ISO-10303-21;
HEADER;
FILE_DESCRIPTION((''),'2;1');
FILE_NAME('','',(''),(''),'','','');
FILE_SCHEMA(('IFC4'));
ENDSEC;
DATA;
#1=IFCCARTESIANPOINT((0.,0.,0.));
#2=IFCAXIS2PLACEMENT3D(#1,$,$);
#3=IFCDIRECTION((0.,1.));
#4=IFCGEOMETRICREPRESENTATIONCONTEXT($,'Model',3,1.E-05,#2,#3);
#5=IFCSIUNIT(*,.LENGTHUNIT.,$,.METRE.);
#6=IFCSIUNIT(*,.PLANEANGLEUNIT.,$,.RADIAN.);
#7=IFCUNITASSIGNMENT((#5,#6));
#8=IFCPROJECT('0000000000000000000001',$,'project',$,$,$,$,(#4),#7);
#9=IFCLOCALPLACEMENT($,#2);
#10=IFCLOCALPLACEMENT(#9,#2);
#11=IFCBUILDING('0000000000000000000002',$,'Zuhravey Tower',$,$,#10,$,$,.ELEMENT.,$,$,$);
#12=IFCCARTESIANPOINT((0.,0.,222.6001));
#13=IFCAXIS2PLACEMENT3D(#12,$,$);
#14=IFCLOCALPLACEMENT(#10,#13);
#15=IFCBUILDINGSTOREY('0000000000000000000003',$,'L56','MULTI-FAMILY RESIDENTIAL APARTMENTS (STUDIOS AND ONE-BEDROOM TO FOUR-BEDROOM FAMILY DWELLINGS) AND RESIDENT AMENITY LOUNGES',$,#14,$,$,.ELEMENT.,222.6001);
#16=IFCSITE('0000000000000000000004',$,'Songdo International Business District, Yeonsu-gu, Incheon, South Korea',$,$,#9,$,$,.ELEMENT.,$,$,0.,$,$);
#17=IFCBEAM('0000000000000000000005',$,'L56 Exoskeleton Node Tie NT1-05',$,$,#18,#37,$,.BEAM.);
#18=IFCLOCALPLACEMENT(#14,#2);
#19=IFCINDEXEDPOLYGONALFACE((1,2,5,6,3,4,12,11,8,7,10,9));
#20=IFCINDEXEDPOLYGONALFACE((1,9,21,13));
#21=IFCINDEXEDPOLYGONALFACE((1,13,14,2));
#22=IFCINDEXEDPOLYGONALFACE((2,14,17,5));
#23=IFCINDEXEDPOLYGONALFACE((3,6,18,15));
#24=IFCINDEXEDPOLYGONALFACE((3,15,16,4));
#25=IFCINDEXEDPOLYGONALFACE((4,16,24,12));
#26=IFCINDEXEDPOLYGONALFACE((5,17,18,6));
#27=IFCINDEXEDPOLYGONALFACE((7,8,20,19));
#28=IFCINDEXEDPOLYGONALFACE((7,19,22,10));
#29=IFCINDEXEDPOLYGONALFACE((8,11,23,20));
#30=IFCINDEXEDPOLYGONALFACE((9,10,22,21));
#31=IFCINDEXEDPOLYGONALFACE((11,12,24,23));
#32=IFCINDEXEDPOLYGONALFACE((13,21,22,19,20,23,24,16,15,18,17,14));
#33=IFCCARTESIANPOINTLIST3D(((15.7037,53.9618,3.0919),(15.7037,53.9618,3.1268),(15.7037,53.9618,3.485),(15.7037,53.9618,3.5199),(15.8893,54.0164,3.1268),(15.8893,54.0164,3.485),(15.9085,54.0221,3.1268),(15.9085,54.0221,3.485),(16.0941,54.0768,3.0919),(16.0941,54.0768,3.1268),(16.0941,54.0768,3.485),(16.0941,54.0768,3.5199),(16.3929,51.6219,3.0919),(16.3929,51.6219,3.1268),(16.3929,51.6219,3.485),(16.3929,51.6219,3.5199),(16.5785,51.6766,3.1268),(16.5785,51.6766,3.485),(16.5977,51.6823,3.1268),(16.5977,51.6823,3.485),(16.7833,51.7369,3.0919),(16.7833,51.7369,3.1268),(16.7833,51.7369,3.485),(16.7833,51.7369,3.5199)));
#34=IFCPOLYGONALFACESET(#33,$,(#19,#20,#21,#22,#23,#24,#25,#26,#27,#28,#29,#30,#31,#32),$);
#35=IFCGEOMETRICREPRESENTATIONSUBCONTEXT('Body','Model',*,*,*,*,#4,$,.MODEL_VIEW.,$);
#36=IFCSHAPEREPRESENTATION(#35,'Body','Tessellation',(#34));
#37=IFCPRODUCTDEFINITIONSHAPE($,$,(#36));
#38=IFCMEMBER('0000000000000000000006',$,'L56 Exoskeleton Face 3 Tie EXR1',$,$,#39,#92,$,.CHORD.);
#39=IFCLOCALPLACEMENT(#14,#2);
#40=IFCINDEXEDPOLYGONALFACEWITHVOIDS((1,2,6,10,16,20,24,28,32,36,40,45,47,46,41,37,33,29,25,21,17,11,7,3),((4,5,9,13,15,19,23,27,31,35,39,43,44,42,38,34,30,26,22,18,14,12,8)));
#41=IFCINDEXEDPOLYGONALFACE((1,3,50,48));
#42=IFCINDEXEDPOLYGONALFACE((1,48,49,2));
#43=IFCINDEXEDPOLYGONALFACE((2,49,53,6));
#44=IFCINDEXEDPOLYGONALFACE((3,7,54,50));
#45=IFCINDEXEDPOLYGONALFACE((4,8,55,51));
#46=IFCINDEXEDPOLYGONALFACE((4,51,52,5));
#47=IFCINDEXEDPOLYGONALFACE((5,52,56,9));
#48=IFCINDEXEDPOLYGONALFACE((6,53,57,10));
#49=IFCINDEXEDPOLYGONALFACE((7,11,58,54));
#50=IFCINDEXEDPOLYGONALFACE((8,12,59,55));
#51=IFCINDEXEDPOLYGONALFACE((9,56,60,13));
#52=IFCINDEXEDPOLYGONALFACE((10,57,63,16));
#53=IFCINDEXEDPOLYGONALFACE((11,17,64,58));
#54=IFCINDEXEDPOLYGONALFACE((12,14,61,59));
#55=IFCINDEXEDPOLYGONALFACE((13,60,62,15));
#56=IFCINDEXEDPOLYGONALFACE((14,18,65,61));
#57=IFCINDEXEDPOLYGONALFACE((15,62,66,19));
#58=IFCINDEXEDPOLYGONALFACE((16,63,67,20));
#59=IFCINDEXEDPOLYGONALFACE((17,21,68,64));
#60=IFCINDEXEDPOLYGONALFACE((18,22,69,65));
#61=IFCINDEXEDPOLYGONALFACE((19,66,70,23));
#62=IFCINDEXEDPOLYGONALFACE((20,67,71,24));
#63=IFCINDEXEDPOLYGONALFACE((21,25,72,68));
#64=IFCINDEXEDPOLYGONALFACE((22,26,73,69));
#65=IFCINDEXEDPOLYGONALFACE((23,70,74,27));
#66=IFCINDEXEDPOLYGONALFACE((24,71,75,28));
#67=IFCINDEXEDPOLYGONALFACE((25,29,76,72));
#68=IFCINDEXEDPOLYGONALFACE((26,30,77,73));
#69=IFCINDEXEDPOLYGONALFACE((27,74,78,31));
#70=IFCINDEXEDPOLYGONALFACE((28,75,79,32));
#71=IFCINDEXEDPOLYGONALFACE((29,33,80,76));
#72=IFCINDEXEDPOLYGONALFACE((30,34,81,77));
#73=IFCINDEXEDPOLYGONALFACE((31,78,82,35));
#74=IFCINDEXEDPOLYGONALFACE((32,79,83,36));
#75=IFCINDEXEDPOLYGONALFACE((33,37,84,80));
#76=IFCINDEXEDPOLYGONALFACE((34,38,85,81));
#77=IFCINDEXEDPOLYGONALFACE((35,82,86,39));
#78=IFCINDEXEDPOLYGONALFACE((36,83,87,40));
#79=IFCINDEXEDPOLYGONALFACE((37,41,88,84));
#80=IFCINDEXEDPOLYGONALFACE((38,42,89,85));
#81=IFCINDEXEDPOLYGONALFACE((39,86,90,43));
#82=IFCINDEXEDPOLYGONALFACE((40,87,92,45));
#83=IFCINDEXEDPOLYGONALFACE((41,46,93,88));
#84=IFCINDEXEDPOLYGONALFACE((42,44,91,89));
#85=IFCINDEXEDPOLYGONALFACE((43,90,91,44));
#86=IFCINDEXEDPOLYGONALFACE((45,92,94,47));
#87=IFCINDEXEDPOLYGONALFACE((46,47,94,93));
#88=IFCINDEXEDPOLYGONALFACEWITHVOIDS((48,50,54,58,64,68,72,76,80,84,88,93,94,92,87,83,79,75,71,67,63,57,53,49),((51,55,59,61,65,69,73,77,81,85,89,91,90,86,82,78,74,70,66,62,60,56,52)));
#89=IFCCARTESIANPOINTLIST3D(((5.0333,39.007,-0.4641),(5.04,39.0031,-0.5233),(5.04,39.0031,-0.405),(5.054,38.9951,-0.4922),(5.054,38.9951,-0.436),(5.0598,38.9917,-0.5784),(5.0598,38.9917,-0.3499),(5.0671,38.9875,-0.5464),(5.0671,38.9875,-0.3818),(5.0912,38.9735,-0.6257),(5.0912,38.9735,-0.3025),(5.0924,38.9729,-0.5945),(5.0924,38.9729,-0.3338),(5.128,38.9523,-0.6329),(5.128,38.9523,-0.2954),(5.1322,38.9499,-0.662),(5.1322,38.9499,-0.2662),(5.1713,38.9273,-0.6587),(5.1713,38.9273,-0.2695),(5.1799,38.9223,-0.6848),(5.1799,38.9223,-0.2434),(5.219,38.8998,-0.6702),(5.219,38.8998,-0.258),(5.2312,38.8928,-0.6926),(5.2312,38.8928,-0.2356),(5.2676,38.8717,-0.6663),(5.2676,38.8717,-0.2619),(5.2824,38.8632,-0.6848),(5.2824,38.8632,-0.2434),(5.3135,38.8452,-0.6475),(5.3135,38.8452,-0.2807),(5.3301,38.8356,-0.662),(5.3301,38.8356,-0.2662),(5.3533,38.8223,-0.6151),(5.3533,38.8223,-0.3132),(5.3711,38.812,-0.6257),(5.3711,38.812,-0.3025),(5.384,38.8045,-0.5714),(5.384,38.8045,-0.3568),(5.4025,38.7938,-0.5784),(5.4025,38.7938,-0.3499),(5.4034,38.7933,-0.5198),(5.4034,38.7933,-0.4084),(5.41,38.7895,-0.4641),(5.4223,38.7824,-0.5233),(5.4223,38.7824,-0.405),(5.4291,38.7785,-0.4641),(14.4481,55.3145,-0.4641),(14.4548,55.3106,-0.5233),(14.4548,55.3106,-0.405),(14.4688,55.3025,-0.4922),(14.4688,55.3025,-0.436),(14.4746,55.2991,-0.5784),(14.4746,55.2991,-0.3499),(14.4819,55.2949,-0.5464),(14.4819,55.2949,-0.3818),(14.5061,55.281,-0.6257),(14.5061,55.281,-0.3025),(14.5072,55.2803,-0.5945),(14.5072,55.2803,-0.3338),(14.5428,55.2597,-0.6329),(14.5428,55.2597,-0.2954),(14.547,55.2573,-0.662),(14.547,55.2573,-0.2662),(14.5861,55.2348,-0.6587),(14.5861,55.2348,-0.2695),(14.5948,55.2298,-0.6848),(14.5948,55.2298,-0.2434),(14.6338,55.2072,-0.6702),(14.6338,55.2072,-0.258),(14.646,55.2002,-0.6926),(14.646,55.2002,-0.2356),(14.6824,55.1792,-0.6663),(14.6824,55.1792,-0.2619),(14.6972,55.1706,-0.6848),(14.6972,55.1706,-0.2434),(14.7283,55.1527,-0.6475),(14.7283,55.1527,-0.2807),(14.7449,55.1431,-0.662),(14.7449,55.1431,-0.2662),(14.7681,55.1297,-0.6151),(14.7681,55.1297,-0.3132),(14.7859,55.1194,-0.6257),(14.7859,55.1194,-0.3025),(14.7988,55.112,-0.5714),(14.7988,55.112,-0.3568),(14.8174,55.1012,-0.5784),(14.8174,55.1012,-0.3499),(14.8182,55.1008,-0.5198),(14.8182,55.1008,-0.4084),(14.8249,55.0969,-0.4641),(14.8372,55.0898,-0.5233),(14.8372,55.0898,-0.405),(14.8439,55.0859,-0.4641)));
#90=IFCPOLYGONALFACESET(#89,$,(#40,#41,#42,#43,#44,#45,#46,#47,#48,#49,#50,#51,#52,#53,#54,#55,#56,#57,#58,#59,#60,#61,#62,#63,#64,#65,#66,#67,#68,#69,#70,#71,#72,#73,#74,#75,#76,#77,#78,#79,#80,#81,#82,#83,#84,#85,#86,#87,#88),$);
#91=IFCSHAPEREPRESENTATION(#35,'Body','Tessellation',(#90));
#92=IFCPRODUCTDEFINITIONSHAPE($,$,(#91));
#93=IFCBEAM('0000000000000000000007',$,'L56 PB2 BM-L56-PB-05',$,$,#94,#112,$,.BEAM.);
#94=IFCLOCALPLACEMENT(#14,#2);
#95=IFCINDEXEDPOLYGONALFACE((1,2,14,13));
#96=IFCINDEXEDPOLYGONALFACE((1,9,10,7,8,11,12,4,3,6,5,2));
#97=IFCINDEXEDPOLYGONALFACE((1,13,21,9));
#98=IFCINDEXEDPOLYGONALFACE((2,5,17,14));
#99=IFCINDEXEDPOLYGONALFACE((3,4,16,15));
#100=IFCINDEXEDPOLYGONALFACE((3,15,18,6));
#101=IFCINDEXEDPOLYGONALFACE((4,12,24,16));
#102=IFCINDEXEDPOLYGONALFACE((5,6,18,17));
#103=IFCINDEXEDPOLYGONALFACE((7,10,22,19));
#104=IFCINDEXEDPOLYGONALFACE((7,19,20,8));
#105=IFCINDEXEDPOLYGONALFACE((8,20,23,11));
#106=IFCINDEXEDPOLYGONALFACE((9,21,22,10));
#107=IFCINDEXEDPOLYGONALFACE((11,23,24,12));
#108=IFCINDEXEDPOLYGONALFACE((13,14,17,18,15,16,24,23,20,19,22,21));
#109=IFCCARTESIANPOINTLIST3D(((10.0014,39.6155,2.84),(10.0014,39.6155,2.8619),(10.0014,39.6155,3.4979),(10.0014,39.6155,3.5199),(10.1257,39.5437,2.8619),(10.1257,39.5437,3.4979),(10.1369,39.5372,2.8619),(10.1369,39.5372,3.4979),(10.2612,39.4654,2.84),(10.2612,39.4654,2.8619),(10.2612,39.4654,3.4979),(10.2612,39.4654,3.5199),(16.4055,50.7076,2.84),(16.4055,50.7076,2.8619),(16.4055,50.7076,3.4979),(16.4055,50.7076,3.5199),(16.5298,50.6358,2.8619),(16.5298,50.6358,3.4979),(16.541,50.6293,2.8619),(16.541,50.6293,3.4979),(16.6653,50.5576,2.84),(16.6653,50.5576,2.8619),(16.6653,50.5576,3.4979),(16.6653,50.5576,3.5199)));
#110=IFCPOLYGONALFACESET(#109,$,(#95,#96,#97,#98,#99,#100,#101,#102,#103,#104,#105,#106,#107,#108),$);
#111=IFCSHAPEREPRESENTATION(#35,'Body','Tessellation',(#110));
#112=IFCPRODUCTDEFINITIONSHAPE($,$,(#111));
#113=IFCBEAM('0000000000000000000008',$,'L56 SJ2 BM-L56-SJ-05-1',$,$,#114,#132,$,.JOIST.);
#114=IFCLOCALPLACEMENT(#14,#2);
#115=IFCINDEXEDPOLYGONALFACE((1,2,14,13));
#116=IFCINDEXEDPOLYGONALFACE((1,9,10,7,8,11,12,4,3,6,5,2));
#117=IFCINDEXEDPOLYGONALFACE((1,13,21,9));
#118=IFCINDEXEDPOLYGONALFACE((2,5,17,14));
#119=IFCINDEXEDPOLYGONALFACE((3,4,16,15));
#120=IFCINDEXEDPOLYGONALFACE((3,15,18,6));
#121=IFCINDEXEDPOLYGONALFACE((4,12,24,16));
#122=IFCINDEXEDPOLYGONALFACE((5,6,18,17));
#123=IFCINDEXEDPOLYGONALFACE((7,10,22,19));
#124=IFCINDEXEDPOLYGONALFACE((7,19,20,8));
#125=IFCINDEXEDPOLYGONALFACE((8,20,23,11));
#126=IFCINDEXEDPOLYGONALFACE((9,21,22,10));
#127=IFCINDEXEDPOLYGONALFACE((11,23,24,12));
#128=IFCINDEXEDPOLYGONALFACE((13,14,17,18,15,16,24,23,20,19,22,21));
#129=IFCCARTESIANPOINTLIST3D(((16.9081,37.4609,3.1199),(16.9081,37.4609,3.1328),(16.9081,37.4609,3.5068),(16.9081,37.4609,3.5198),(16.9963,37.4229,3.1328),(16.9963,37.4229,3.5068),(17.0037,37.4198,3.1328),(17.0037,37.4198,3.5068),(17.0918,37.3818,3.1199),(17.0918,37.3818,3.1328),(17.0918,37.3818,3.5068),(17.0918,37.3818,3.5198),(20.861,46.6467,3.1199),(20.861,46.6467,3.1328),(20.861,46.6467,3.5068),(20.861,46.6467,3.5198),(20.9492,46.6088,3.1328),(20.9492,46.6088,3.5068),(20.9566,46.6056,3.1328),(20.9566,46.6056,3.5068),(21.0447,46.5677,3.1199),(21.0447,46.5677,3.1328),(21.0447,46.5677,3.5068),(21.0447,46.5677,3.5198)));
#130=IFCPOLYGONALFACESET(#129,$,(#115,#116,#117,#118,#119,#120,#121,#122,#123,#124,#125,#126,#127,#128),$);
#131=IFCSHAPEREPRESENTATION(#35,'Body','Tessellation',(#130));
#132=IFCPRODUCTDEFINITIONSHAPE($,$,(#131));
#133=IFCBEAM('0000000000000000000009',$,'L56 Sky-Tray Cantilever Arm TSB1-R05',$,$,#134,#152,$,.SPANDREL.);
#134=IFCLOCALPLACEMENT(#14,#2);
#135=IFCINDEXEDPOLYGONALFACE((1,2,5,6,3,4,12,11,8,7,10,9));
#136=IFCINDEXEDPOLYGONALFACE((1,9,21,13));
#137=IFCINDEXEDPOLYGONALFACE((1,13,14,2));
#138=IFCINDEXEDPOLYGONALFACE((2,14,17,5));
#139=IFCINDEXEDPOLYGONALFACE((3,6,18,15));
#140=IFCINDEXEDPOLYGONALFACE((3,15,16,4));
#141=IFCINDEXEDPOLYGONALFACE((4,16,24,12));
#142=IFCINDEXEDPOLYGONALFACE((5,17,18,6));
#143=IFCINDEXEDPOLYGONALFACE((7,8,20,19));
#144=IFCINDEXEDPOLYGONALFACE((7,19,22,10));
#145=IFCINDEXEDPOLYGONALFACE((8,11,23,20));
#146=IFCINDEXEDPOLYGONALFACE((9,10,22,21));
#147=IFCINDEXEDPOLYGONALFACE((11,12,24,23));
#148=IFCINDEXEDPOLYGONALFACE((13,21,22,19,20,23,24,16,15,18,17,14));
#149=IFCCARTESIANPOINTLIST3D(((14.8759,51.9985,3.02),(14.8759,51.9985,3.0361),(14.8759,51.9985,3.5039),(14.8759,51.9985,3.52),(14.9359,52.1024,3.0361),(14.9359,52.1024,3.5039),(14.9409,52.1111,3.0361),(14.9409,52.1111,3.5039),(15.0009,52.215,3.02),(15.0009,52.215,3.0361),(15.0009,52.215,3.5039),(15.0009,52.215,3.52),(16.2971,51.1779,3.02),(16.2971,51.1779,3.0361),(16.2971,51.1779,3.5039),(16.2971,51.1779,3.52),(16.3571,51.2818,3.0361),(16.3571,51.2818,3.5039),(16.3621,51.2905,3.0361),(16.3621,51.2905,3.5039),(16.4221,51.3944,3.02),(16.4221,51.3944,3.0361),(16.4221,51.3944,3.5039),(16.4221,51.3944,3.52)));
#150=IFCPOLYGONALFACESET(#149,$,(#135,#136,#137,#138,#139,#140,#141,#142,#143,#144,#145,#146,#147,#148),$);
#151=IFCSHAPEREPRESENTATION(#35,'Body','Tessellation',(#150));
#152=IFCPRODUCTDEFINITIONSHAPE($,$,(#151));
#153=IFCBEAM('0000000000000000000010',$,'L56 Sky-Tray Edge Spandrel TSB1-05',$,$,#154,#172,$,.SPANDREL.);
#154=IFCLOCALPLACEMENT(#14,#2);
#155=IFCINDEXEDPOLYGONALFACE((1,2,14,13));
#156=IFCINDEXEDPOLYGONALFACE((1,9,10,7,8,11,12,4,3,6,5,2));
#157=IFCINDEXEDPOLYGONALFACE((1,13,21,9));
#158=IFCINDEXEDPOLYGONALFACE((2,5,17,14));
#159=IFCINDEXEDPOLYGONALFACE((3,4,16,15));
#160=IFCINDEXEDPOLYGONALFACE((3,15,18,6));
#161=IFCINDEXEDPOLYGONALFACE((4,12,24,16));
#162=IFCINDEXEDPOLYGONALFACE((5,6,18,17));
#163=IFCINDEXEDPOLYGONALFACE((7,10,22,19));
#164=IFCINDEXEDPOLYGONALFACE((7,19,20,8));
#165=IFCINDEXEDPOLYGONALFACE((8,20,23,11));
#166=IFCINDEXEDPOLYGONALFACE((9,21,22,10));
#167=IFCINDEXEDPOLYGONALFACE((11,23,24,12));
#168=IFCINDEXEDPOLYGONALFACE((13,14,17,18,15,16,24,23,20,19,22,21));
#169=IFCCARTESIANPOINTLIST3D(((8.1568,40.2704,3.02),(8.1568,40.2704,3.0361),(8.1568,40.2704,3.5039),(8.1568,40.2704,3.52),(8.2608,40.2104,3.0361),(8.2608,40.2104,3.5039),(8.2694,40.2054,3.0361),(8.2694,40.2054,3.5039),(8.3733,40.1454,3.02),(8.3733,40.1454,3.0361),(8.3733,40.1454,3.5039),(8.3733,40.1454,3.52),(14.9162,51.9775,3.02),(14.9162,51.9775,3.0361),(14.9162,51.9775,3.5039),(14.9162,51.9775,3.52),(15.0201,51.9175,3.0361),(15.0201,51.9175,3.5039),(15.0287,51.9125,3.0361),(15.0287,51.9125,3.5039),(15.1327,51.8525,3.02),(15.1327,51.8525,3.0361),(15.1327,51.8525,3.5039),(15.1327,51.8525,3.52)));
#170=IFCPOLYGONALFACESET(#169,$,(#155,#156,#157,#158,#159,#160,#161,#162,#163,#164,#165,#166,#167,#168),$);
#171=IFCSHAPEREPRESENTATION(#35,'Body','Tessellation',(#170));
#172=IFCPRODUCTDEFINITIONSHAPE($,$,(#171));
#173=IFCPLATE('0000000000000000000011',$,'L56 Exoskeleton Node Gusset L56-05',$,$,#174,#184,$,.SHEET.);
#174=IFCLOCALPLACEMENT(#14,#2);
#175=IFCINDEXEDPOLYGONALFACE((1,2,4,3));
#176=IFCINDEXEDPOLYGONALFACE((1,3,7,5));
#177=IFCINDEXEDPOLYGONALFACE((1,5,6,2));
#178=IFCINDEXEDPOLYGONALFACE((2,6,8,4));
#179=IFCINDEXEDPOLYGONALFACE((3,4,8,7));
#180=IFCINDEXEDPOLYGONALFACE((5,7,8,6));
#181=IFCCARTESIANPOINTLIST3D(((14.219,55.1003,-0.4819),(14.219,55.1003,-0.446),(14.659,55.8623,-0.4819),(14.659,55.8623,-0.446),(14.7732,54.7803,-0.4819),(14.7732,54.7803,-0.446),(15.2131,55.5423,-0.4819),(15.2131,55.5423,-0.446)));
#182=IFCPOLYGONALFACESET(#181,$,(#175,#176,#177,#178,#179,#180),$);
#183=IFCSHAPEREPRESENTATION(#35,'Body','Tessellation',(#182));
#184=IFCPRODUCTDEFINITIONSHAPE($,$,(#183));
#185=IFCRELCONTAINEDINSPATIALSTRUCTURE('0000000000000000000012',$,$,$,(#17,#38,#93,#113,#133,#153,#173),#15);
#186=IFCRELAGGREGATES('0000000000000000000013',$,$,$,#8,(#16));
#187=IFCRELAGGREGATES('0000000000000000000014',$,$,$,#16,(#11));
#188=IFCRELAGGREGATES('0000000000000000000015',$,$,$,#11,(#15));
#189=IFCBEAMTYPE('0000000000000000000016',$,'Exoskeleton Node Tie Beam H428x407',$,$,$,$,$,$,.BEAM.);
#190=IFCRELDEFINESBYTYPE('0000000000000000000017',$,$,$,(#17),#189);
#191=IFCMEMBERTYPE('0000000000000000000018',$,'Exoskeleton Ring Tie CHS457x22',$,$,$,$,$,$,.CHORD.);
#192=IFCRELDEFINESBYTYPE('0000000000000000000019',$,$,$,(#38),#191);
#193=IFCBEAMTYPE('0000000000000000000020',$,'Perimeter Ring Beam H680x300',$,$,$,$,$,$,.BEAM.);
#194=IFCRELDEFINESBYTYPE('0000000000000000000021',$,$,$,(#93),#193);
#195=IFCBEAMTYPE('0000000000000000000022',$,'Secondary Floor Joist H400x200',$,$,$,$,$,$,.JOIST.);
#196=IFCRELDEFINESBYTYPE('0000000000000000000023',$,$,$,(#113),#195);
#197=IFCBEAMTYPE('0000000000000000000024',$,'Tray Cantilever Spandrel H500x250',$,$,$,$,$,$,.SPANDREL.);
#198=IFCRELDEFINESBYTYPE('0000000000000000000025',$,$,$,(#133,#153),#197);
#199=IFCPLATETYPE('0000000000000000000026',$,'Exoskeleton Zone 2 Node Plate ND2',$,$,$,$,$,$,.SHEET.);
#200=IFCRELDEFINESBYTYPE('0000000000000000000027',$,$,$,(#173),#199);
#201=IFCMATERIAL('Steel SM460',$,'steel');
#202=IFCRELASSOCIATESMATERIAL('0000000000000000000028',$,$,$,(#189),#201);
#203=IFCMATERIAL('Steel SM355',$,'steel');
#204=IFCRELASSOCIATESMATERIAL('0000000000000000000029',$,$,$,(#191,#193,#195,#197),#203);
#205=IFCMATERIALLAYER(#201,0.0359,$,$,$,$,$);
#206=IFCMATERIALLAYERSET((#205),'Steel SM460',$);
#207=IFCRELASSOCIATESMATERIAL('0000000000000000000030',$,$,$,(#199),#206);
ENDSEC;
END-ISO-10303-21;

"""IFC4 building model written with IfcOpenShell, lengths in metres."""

from ifc_helpers import new_model, si_unit, direction, frame, origin, origin_2d, place, context, subcontext, project, spatial, rectangle, hollow_circle, i_section, extrude, material, layer, layer_set, material_profile, profile_set, type_object, element, save


model = new_model("IFC4")

# Units and contexts
model_context = context("Model", 3, precision=1e-05, world=origin(), true_north=direction((0.0, 1.0)))
body_context = subcontext(model_context, "Body", "Model", "MODEL_VIEW")
ifc_project = project(units=[si_unit("LENGTHUNIT", "METRE"), si_unit("PLANEANGLEUNIT", "RADIAN")], contexts=[model_context])

# Site, building, storey
site_placement = place(None, origin())
site = spatial("IfcSite", under=ifc_project, at=site_placement, Name="Songdo International Business District, Yeonsu-gu, Incheon, South Korea", CompositionType="ELEMENT", RefElevation=0.0)
building_placement = place(site_placement, origin())
building = spatial("IfcBuilding", under=site, at=building_placement, Name="Zuhravey Tower", CompositionType="ELEMENT")
storey_placement = place(building_placement, frame((0.0, 0.0, 222.6001)))
storey = spatial("IfcBuildingStorey", under=building, at=storey_placement, Name="L56", Description="MULTI-FAMILY RESIDENTIAL APARTMENTS (STUDIOS AND ONE-BEDROOM TO FOUR-BEDROOM FAMILY DWELLINGS) AND RESIDENT AMENITY LOUNGES", CompositionType="ELEMENT", Elevation=222.6001)

# Beam
ifc_material_1 = material(Name="Steel SM460", Category="steel")
ifc_material_profile_1 = material_profile(ifc_material_1, i_section(OverallWidth=0.407, OverallDepth=0.428, WebThickness=0.02, FlangeThickness=0.0349, at=origin_2d()), Name="H-428x407x20x35")
ifc_profile_set_1 = profile_set([ifc_material_profile_1], Name="Steel SM460")
beam_type_1 = type_object("IfcBeamType", Name="Exoskeleton Node Tie Beam H428x407", PredefinedType="BEAM", material=ifc_profile_set_1)
beam_1_placement = place(storey_placement, frame((16.5881, 51.6794, 3.3059), z_axis=(-0.282551, 0.959252, 0.0), x_axis=(-0.959252, -0.282551, 0.0)))
element("IfcBeam", 1, at=beam_1_placement, inside=storey, type_object=beam_type_1, Name="L56 Exoskeleton Node Tie NT1-05", PredefinedType="BEAM", context=body_context, shape_type="SweptSolid", body=[
    extrude(i_section(OverallWidth=0.407, OverallDepth=0.428, WebThickness=0.02, FlangeThickness=0.0349, at=origin_2d()), origin(), (0.0, 0.0, 1.0), 2.4392),
])

# Member
ifc_material_2 = material(Name="Steel SM355", Category="steel")
ifc_material_profile_2 = material_profile(ifc_material_2, hollow_circle(Radius=0.2285, WallThickness=0.022, at=origin_2d()), Name="CHS-457.2x22")
ifc_profile_set_2 = profile_set([ifc_material_profile_2], Name="Steel SM355")
member_type_1 = type_object("IfcMemberType", Name="Exoskeleton Ring Tie CHS457x22", PredefinedType="CHORD", material=ifc_profile_set_2)
member_1_placement = place(storey_placement, frame((14.646, 55.2002, -0.4641), z_axis=(-0.499989, -0.866032, 0.0), x_axis=(0.866032, -0.499989, 0.0)))
element("IfcMember", 2, at=member_1_placement, inside=storey, type_object=member_type_1, Name="L56 Exoskeleton Face 3 Tie EXR1", PredefinedType="CHORD", context=body_context, shape_type="SweptSolid", body=[
    extrude(hollow_circle(Radius=0.2285, WallThickness=0.022, at=origin_2d()), origin(), (0.0, 0.0, 1.0), 18.8301),
])

# Beams
ifc_material_profile_3 = material_profile(ifc_material_2, i_section(OverallWidth=0.3, OverallDepth=0.6799, WebThickness=0.0129, FlangeThickness=0.022, at=origin_2d()), Name="H-680x300x13x22")
ifc_profile_set_3 = profile_set([ifc_material_profile_3], Name="Steel SM355")
beam_type_2 = type_object("IfcBeamType", Name="Perimeter Ring Beam H680x300", PredefinedType="BEAM", material=ifc_profile_set_3)
beam_2_placement = place(storey_placement, frame((16.5354, 50.6326, 3.1799), z_axis=(-0.500004, -0.866023, 0.0), x_axis=(0.866023, -0.500004, 0.0)))
element("IfcBeam", 3, at=beam_2_placement, inside=storey, type_object=beam_type_2, Name="L56 PB2 BM-L56-PB-05", PredefinedType="BEAM", context=body_context, shape_type="SweptSolid", body=[
    extrude(i_section(OverallWidth=0.3, OverallDepth=0.6799, WebThickness=0.0129, FlangeThickness=0.022, at=origin_2d()), origin(), (0.0, 0.0, 1.0), 12.8081),
])
ifc_material_profile_4 = material_profile(ifc_material_2, i_section(OverallWidth=0.2, OverallDepth=0.3999, WebThickness=0.0081, FlangeThickness=0.0129, at=origin_2d()), Name="H-400x200x8x13")
ifc_profile_set_4 = profile_set([ifc_material_profile_4], Name="Steel SM355")
beam_type_3 = type_object("IfcBeamType", Name="Secondary Floor Joist H400x200", PredefinedType="JOIST", material=ifc_profile_set_4)
beam_3_placement = place(storey_placement, frame((20.9529, 46.6072, 3.3198), z_axis=(-0.39528, -0.918561, 0.0), x_axis=(0.918561, -0.39528, 0.0)))
element("IfcBeam", 4, at=beam_3_placement, inside=storey, type_object=beam_type_3, Name="L56 SJ2 BM-L56-SJ-05-1", PredefinedType="JOIST", context=body_context, shape_type="SweptSolid", body=[
    extrude(i_section(OverallWidth=0.2, OverallDepth=0.3999, WebThickness=0.0081, FlangeThickness=0.0129, at=origin_2d()), origin(), (0.0, 0.0, 1.0), 10.0002),
])
ifc_material_profile_5 = material_profile(ifc_material_2, i_section(OverallWidth=0.25, OverallDepth=0.5, WebThickness=0.01, FlangeThickness=0.0161, at=origin_2d()), Name="H-500x250x10x16")
ifc_profile_set_5 = profile_set([ifc_material_profile_5], Name="Steel SM355")
beam_type_4 = type_object("IfcBeamType", Name="Tray Cantilever Spandrel H500x250", PredefinedType="SPANDREL", material=ifc_profile_set_5)
beam_4_placement = place(storey_placement, frame((16.3596, 51.2861, 3.27), z_axis=(-0.86601, 0.500027, 0.0), x_axis=(-0.500027, -0.86601, 0.0)))
element("IfcBeam", 5, at=beam_4_placement, inside=storey, type_object=beam_type_4, Name="L56 Sky-Tray Cantilever Arm TSB1-R05", PredefinedType="SPANDREL", context=body_context, shape_type="SweptSolid", body=[
    extrude(i_section(OverallWidth=0.25, OverallDepth=0.5, WebThickness=0.01, FlangeThickness=0.0161, at=origin_2d()), origin(), (0.0, 0.0, 1.0), 1.6411),
])
beam_5_placement = place(storey_placement, frame((15.0244, 51.915, 3.27), z_axis=(-0.500012, -0.866018, 0.0), x_axis=(0.866018, -0.500012, 0.0)))
element("IfcBeam", 6, at=beam_5_placement, inside=storey, type_object=beam_type_4, Name="L56 Sky-Tray Edge Spandrel TSB1-05", PredefinedType="SPANDREL", context=body_context, shape_type="SweptSolid", body=[
    extrude(i_section(OverallWidth=0.25, OverallDepth=0.5, WebThickness=0.01, FlangeThickness=0.0161, at=origin_2d()), origin(), (0.0, 0.0, 1.0), 13.5183),
])

# Plate
ifc_layer_1 = layer(ifc_material_1, 0.0359)
ifc_layer_set_1 = layer_set([ifc_layer_1], Name="Steel SM460")
plate_type_1 = type_object("IfcPlateType", Name="Exoskeleton Zone 2 Node Plate ND2", PredefinedType="SHEET", material=ifc_layer_set_1)
plate_1_placement = place(storey_placement, frame((14.7161, 55.3213, -0.4819), z_axis=(0.0, 0.0, 1.0), x_axis=(-0.5, -0.866025, 0.0)))
element("IfcPlate", 7, at=plate_1_placement, inside=storey, type_object=plate_type_1, Name="L56 Exoskeleton Node Gusset L56-05", PredefinedType="SHEET", context=body_context, shape_type="SweptSolid", body=[
    extrude(rectangle(XDim=0.8799, YDim=0.6399, at=origin_2d()), origin(), (0.0, 0.0, 1.0), 0.0359),
])

save(model, "model.ifc")
